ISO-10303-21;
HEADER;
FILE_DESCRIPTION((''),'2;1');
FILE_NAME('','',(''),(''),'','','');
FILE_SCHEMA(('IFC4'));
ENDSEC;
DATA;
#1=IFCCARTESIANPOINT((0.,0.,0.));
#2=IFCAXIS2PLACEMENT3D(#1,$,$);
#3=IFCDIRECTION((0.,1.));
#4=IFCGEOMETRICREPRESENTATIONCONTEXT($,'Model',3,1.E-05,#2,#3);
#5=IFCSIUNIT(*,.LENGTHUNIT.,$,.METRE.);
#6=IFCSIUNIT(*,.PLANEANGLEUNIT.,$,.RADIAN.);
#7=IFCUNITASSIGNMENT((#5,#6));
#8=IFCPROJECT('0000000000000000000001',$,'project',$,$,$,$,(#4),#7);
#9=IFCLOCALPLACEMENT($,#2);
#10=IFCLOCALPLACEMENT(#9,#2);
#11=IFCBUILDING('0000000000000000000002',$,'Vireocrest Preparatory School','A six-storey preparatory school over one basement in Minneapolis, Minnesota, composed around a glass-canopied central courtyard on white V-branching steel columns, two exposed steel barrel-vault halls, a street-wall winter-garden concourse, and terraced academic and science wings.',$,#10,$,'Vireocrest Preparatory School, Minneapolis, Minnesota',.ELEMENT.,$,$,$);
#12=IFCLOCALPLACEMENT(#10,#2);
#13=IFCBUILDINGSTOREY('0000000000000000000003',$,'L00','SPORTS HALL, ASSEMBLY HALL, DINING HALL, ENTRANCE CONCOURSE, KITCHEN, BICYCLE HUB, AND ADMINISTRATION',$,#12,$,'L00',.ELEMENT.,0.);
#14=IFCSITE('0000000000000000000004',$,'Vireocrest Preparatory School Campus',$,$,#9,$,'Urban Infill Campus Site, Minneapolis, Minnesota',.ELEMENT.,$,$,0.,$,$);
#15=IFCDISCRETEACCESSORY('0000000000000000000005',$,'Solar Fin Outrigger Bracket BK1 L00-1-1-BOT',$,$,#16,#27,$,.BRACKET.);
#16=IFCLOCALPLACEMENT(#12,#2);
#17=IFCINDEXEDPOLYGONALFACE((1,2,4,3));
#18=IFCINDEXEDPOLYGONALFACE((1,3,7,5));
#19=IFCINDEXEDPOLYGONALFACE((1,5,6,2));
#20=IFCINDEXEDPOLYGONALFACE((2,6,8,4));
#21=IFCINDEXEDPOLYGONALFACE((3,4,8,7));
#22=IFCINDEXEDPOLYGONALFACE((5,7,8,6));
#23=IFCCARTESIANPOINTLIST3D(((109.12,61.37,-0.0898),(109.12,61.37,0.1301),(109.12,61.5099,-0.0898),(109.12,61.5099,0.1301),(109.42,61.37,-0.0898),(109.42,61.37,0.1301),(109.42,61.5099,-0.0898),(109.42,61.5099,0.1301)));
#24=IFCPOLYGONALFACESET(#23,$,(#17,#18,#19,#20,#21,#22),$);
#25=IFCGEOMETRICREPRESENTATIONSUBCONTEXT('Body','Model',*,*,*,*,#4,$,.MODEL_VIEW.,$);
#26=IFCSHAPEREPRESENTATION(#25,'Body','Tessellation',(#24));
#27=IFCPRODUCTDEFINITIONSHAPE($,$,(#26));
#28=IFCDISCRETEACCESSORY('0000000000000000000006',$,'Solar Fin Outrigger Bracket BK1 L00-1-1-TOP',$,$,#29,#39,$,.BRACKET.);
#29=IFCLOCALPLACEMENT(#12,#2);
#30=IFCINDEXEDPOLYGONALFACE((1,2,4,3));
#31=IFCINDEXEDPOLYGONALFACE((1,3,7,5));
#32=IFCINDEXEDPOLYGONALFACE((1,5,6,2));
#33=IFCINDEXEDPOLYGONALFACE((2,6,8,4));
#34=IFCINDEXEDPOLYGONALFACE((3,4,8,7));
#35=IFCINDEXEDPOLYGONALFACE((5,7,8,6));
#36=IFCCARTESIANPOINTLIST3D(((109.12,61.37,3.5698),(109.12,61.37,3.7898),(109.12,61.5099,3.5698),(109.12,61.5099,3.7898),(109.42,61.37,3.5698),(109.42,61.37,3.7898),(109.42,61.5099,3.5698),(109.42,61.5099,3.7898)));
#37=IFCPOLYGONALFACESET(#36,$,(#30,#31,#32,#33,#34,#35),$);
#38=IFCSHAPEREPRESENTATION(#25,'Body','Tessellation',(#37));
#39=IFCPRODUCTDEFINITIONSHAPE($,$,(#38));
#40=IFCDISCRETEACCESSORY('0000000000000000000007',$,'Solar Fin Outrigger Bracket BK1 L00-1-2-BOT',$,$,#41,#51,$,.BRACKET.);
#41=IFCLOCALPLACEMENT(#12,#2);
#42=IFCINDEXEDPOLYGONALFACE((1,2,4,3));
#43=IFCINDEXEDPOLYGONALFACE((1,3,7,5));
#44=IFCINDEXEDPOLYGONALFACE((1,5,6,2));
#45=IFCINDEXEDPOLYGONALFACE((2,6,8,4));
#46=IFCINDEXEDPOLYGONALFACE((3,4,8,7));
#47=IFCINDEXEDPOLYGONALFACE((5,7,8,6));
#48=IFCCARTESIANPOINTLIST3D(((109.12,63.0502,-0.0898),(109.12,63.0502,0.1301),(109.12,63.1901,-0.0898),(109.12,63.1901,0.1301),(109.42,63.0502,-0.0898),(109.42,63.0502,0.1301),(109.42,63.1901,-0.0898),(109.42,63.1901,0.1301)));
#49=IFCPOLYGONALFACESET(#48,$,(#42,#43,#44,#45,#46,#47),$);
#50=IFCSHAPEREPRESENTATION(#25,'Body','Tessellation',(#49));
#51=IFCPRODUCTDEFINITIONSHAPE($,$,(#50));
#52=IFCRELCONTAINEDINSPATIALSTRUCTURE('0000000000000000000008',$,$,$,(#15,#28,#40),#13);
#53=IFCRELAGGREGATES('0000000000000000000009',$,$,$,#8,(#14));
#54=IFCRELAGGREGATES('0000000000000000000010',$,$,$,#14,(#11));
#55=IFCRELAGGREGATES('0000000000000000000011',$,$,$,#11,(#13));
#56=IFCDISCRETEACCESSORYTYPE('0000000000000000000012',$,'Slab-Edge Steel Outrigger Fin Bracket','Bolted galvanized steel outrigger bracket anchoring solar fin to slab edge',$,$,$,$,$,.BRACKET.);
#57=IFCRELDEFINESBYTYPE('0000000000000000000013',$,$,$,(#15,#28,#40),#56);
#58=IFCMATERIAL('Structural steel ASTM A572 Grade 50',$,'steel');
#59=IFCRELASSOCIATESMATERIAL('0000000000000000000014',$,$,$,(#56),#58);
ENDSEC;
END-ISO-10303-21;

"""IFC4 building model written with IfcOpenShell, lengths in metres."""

from ifc_helpers import new_model, si_unit, direction, frame, origin, origin_2d, place, context, subcontext, project, spatial, rectangle, extrude, material, type_object, element, save


model = new_model("IFC4")

# Units and contexts
model_context = context("Model", 3, precision=1e-05, world=origin(), true_north=direction((0.0, 1.0)))
body_context = subcontext(model_context, "Body", "Model", "MODEL_VIEW")
ifc_project = project(units=[si_unit("LENGTHUNIT", "METRE"), si_unit("PLANEANGLEUNIT", "RADIAN")], contexts=[model_context])

# Site, building, storey
site_placement = place(None, origin())
site = spatial("IfcSite", under=ifc_project, at=site_placement, Name="Vireocrest Preparatory School Campus", LongName="Urban Infill Campus Site, Minneapolis, Minnesota", CompositionType="ELEMENT", RefElevation=0.0)
building_placement = place(site_placement, origin())
building = spatial("IfcBuilding", under=site, at=building_placement, Name="Vireocrest Preparatory School", Description="A six-storey preparatory school over one basement in Minneapolis, Minnesota, composed around a glass-canopied central courtyard on white V-branching steel columns, two exposed steel barrel-vault halls, a street-wall winter-garden concourse, and terraced academic and science wings.", LongName="Vireocrest Preparatory School, Minneapolis, Minnesota", CompositionType="ELEMENT")
storey_placement = place(building_placement, origin())
storey = spatial("IfcBuildingStorey", under=building, at=storey_placement, Name="L00", Description="SPORTS HALL, ASSEMBLY HALL, DINING HALL, ENTRANCE CONCOURSE, KITCHEN, BICYCLE HUB, AND ADMINISTRATION", LongName="L00", CompositionType="ELEMENT", Elevation=0.0)

# Discrete accessories
ifc_material_1 = material(Name="Structural steel ASTM A572 Grade 50", Category="steel")
discrete_accessory_type = type_object("IfcDiscreteAccessoryType", Name="Slab-Edge Steel Outrigger Fin Bracket", Description="Bolted galvanized steel outrigger bracket anchoring solar fin to slab edge", PredefinedType="BRACKET", material=ifc_material_1)
for number, where, z_axis, x_axis, name in (
    (1, (109.27, 61.4399, -0.0898), (0.0, 0.0, 1.0), (0.0, -1.0, 0.0), "Solar Fin Outrigger Bracket BK1 L00-1-1-BOT"),
    (2, (109.27, 61.4399, 3.5698), (0.0, 0.0, 1.0), (0.0, -1.0, 0.0), "Solar Fin Outrigger Bracket BK1 L00-1-1-TOP"),
    (3, (109.27, 63.1201, -0.0898), (0.0, 0.0, 1.0), (0.0, -1.0, 0.0), "Solar Fin Outrigger Bracket BK1 L00-1-2-BOT"),
):
    element("IfcDiscreteAccessory", number, at=place(storey_placement, frame(where, z_axis=z_axis, x_axis=x_axis)), inside=storey, type_object=discrete_accessory_type, Name=name, PredefinedType="BRACKET", context=body_context, shape_type="SweptSolid", body=[
        extrude(rectangle(XDim=0.1399, YDim=0.3, at=origin_2d()), origin(), (0.0, 0.0, 1.0), 0.22),
    ])

save(model, "model.ifc")
